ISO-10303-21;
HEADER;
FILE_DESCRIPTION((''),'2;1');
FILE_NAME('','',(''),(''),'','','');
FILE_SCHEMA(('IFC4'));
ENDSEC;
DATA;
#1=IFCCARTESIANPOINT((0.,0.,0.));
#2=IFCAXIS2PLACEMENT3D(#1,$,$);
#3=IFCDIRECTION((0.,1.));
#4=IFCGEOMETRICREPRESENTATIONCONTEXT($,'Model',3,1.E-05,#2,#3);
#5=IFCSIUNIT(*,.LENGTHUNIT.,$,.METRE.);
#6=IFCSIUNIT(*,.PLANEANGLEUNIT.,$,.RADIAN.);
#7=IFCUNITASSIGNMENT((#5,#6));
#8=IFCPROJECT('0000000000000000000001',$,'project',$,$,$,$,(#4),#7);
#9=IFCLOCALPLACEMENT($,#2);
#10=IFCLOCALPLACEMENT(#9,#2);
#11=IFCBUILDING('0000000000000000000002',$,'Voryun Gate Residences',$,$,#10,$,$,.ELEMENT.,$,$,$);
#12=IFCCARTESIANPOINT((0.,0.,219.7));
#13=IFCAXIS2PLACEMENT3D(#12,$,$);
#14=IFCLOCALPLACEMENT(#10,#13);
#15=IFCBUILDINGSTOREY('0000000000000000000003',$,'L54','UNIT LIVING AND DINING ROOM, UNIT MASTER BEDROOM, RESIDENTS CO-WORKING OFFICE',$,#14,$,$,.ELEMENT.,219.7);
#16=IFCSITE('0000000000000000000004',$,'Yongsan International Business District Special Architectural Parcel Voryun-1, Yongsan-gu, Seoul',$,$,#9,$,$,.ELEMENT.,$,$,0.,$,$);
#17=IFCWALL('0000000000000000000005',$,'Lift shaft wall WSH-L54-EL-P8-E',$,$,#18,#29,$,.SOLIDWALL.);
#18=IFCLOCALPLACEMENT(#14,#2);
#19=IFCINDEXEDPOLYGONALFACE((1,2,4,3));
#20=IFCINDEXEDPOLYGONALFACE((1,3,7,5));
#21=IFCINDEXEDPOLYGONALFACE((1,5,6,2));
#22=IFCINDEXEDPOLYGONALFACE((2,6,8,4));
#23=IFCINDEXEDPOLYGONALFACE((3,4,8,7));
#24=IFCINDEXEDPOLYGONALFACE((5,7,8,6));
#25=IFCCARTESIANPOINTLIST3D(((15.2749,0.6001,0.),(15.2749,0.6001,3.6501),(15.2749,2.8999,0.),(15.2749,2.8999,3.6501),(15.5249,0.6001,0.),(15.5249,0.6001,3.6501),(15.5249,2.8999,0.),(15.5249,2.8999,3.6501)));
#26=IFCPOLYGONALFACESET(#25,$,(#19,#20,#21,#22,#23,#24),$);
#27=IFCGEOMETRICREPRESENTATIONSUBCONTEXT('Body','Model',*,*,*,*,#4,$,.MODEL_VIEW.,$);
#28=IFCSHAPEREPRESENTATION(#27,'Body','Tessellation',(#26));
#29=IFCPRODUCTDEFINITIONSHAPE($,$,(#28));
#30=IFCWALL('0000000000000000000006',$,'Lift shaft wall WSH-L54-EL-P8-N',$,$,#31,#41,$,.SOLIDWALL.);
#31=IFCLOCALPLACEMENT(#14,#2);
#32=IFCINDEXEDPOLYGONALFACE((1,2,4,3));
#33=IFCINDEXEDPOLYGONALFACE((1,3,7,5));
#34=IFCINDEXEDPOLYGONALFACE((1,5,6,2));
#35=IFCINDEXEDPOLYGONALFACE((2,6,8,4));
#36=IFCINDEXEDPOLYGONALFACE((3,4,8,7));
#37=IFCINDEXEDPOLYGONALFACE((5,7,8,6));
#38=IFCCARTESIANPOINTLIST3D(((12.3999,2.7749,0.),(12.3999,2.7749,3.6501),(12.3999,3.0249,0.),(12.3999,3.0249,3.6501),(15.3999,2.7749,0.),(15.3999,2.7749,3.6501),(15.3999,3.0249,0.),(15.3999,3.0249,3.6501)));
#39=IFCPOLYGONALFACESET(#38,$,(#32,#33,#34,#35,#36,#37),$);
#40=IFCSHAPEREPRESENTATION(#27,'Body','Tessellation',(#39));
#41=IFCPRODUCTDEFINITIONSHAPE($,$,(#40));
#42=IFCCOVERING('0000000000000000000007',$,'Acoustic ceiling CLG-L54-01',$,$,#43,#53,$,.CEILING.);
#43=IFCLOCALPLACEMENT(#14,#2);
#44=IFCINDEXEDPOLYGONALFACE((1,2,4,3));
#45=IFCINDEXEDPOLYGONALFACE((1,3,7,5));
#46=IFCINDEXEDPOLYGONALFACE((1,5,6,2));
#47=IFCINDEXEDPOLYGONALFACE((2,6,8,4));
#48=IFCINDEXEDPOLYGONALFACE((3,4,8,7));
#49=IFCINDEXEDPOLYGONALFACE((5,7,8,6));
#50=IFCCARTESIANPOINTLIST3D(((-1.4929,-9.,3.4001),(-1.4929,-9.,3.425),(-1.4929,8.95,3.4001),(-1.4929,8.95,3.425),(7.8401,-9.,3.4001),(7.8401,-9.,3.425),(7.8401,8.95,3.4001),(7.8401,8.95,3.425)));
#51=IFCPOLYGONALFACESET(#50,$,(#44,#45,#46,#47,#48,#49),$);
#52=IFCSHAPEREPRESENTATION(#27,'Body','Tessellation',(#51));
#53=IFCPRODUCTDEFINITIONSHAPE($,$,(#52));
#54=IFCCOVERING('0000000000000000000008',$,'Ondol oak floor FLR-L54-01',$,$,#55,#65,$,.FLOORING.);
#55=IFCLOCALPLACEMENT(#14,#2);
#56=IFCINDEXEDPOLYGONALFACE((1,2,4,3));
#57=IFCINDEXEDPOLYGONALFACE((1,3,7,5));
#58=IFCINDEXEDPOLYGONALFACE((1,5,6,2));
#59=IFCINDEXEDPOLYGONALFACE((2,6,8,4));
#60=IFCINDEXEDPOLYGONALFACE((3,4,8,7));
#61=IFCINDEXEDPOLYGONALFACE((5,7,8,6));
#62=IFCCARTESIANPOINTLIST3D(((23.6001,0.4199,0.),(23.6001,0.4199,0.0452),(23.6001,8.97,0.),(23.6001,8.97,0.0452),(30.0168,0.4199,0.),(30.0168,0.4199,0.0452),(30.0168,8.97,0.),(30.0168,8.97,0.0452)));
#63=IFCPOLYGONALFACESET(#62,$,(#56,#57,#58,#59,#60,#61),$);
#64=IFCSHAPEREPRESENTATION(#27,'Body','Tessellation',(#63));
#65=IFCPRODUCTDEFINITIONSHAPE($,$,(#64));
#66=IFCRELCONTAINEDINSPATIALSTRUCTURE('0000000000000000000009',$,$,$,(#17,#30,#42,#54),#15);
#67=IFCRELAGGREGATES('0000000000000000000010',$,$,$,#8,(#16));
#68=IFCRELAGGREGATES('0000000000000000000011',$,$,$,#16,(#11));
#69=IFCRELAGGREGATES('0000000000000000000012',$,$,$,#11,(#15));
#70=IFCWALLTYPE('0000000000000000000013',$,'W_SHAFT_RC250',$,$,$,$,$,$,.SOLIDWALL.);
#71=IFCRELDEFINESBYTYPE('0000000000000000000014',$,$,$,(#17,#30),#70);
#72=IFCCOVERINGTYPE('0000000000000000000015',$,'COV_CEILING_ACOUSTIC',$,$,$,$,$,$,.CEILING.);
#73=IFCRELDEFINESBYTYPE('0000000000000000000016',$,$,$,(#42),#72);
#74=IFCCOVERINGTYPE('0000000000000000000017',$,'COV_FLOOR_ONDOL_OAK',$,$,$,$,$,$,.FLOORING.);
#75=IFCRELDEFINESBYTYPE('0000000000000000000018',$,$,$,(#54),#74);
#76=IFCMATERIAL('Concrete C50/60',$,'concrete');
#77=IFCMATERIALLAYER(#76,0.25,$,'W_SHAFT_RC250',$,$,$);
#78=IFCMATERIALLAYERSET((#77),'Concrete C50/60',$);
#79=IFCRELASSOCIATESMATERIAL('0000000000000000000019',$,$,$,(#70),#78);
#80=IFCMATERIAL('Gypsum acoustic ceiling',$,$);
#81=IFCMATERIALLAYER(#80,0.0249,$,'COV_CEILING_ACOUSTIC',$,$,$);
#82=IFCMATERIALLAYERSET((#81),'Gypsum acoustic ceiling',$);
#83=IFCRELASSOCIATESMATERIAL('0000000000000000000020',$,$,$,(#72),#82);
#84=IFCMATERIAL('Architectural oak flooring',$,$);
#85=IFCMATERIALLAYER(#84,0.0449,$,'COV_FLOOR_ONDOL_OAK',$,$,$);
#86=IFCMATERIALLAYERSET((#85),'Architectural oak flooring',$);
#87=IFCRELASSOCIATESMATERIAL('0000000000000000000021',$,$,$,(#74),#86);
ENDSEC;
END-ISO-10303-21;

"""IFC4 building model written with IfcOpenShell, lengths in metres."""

from ifc_helpers import new_model, si_unit, direction, frame, frame_2d, origin, place, context, subcontext, project, spatial, polyline, rectangle, outline, extrude, material, layer, layer_set, type_object, element, save


model = new_model("IFC4")

# Units and contexts
model_context = context("Model", 3, precision=1e-05, world=origin(), true_north=direction((0.0, 1.0)))
body_context = subcontext(model_context, "Body", "Model", "MODEL_VIEW")
ifc_project = project(units=[si_unit("LENGTHUNIT", "METRE"), si_unit("PLANEANGLEUNIT", "RADIAN")], contexts=[model_context])

# Site, building, storey
site_placement = place(None, origin())
site = spatial("IfcSite", under=ifc_project, at=site_placement, Name="Yongsan International Business District Special Architectural Parcel Voryun-1, Yongsan-gu, Seoul", CompositionType="ELEMENT", RefElevation=0.0)
building_placement = place(site_placement, origin())
building = spatial("IfcBuilding", under=site, at=building_placement, Name="Voryun Gate Residences", CompositionType="ELEMENT")
storey_placement = place(building_placement, frame((0.0, 0.0, 219.7)))
storey = spatial("IfcBuildingStorey", under=building, at=storey_placement, Name="L54", Description="UNIT LIVING AND DINING ROOM, UNIT MASTER BEDROOM, RESIDENTS CO-WORKING OFFICE", CompositionType="ELEMENT", Elevation=219.7)

# Walls
ifc_material_1 = material(Name="Concrete C50/60", Category="concrete")
ifc_layer_1 = layer(ifc_material_1, 0.25, Name="W_SHAFT_RC250")
ifc_layer_set_1 = layer_set([ifc_layer_1], Name="Concrete C50/60")
wall_type_1 = type_object("IfcWallType", Name="W_SHAFT_RC250", PredefinedType="SOLIDWALL", material=ifc_layer_set_1)
wall_1_placement = place(storey_placement, frame((15.3999, 0.6001, 0.0), z_axis=(0.0, 0.0, 1.0), x_axis=(0.0, 1.0, 0.0)))
element("IfcWall", 1, at=wall_1_placement, inside=storey, type_object=wall_type_1, Name="Lift shaft wall WSH-L54-EL-P8-E", PredefinedType="SOLIDWALL", context=body_context, shape_type="SweptSolid", body=[
    extrude(rectangle(XDim=2.2998, YDim=0.25, at=frame_2d((1.1499, 0.0))), origin(), (0.0, 0.0, 1.0), 3.6501),
])
wall_2_placement = place(storey_placement, frame((15.3999, 2.8999, 0.0), z_axis=(0.0, 0.0, 1.0), x_axis=(-1.0, 0.0, 0.0)))
element("IfcWall", 2, at=wall_2_placement, inside=storey, type_object=wall_type_1, Name="Lift shaft wall WSH-L54-EL-P8-N", PredefinedType="SOLIDWALL", context=body_context, shape_type="SweptSolid", body=[
    extrude(rectangle(XDim=3.0, YDim=0.25, at=frame_2d((1.5, 0.0))), origin(), (0.0, 0.0, 1.0), 3.6501),
])

# Coverings
ifc_material_2 = material(Name="Gypsum acoustic ceiling")
ifc_layer_2 = layer(ifc_material_2, 0.0249, Name="COV_CEILING_ACOUSTIC")
ifc_layer_set_2 = layer_set([ifc_layer_2], Name="Gypsum acoustic ceiling")
covering_type_1 = type_object("IfcCoveringType", Name="COV_CEILING_ACOUSTIC", PredefinedType="CEILING", material=ifc_layer_set_2)
covering_1_placement = place(storey_placement, frame((0.0, 0.0, 3.4001)))
element("IfcCovering", 3, at=covering_1_placement, inside=storey, type_object=covering_type_1, Name="Acoustic ceiling CLG-L54-01", PredefinedType="CEILING", context=body_context, shape_type="SweptSolid", body=[
    extrude(outline(polyline([(-1.4929, -9.0), (-1.4929, 8.95), (7.8401, 8.95), (7.8401, -9.0), (-1.4929, -9.0)])), origin(), (0.0, 0.0, 1.0), 0.0249),
])
ifc_material_3 = material(Name="Architectural oak flooring")
ifc_layer_3 = layer(ifc_material_3, 0.0449, Name="COV_FLOOR_ONDOL_OAK")
ifc_layer_set_3 = layer_set([ifc_layer_3], Name="Architectural oak flooring")
covering_type_2 = type_object("IfcCoveringType", Name="COV_FLOOR_ONDOL_OAK", PredefinedType="FLOORING", material=ifc_layer_set_3)
covering_2_placement = place(storey_placement, origin())
element("IfcCovering", 4, at=covering_2_placement, inside=storey, type_object=covering_type_2, Name="Ondol oak floor FLR-L54-01", PredefinedType="FLOORING", context=body_context, shape_type="SweptSolid", body=[
    extrude(outline(polyline([(23.6001, 0.4199), (23.6001, 8.97), (30.0168, 8.97), (30.0168, 0.4199), (23.6001, 0.4199)])), origin(), (0.0, 0.0, 1.0), 0.0452),
])

save(model, "model.ifc")
